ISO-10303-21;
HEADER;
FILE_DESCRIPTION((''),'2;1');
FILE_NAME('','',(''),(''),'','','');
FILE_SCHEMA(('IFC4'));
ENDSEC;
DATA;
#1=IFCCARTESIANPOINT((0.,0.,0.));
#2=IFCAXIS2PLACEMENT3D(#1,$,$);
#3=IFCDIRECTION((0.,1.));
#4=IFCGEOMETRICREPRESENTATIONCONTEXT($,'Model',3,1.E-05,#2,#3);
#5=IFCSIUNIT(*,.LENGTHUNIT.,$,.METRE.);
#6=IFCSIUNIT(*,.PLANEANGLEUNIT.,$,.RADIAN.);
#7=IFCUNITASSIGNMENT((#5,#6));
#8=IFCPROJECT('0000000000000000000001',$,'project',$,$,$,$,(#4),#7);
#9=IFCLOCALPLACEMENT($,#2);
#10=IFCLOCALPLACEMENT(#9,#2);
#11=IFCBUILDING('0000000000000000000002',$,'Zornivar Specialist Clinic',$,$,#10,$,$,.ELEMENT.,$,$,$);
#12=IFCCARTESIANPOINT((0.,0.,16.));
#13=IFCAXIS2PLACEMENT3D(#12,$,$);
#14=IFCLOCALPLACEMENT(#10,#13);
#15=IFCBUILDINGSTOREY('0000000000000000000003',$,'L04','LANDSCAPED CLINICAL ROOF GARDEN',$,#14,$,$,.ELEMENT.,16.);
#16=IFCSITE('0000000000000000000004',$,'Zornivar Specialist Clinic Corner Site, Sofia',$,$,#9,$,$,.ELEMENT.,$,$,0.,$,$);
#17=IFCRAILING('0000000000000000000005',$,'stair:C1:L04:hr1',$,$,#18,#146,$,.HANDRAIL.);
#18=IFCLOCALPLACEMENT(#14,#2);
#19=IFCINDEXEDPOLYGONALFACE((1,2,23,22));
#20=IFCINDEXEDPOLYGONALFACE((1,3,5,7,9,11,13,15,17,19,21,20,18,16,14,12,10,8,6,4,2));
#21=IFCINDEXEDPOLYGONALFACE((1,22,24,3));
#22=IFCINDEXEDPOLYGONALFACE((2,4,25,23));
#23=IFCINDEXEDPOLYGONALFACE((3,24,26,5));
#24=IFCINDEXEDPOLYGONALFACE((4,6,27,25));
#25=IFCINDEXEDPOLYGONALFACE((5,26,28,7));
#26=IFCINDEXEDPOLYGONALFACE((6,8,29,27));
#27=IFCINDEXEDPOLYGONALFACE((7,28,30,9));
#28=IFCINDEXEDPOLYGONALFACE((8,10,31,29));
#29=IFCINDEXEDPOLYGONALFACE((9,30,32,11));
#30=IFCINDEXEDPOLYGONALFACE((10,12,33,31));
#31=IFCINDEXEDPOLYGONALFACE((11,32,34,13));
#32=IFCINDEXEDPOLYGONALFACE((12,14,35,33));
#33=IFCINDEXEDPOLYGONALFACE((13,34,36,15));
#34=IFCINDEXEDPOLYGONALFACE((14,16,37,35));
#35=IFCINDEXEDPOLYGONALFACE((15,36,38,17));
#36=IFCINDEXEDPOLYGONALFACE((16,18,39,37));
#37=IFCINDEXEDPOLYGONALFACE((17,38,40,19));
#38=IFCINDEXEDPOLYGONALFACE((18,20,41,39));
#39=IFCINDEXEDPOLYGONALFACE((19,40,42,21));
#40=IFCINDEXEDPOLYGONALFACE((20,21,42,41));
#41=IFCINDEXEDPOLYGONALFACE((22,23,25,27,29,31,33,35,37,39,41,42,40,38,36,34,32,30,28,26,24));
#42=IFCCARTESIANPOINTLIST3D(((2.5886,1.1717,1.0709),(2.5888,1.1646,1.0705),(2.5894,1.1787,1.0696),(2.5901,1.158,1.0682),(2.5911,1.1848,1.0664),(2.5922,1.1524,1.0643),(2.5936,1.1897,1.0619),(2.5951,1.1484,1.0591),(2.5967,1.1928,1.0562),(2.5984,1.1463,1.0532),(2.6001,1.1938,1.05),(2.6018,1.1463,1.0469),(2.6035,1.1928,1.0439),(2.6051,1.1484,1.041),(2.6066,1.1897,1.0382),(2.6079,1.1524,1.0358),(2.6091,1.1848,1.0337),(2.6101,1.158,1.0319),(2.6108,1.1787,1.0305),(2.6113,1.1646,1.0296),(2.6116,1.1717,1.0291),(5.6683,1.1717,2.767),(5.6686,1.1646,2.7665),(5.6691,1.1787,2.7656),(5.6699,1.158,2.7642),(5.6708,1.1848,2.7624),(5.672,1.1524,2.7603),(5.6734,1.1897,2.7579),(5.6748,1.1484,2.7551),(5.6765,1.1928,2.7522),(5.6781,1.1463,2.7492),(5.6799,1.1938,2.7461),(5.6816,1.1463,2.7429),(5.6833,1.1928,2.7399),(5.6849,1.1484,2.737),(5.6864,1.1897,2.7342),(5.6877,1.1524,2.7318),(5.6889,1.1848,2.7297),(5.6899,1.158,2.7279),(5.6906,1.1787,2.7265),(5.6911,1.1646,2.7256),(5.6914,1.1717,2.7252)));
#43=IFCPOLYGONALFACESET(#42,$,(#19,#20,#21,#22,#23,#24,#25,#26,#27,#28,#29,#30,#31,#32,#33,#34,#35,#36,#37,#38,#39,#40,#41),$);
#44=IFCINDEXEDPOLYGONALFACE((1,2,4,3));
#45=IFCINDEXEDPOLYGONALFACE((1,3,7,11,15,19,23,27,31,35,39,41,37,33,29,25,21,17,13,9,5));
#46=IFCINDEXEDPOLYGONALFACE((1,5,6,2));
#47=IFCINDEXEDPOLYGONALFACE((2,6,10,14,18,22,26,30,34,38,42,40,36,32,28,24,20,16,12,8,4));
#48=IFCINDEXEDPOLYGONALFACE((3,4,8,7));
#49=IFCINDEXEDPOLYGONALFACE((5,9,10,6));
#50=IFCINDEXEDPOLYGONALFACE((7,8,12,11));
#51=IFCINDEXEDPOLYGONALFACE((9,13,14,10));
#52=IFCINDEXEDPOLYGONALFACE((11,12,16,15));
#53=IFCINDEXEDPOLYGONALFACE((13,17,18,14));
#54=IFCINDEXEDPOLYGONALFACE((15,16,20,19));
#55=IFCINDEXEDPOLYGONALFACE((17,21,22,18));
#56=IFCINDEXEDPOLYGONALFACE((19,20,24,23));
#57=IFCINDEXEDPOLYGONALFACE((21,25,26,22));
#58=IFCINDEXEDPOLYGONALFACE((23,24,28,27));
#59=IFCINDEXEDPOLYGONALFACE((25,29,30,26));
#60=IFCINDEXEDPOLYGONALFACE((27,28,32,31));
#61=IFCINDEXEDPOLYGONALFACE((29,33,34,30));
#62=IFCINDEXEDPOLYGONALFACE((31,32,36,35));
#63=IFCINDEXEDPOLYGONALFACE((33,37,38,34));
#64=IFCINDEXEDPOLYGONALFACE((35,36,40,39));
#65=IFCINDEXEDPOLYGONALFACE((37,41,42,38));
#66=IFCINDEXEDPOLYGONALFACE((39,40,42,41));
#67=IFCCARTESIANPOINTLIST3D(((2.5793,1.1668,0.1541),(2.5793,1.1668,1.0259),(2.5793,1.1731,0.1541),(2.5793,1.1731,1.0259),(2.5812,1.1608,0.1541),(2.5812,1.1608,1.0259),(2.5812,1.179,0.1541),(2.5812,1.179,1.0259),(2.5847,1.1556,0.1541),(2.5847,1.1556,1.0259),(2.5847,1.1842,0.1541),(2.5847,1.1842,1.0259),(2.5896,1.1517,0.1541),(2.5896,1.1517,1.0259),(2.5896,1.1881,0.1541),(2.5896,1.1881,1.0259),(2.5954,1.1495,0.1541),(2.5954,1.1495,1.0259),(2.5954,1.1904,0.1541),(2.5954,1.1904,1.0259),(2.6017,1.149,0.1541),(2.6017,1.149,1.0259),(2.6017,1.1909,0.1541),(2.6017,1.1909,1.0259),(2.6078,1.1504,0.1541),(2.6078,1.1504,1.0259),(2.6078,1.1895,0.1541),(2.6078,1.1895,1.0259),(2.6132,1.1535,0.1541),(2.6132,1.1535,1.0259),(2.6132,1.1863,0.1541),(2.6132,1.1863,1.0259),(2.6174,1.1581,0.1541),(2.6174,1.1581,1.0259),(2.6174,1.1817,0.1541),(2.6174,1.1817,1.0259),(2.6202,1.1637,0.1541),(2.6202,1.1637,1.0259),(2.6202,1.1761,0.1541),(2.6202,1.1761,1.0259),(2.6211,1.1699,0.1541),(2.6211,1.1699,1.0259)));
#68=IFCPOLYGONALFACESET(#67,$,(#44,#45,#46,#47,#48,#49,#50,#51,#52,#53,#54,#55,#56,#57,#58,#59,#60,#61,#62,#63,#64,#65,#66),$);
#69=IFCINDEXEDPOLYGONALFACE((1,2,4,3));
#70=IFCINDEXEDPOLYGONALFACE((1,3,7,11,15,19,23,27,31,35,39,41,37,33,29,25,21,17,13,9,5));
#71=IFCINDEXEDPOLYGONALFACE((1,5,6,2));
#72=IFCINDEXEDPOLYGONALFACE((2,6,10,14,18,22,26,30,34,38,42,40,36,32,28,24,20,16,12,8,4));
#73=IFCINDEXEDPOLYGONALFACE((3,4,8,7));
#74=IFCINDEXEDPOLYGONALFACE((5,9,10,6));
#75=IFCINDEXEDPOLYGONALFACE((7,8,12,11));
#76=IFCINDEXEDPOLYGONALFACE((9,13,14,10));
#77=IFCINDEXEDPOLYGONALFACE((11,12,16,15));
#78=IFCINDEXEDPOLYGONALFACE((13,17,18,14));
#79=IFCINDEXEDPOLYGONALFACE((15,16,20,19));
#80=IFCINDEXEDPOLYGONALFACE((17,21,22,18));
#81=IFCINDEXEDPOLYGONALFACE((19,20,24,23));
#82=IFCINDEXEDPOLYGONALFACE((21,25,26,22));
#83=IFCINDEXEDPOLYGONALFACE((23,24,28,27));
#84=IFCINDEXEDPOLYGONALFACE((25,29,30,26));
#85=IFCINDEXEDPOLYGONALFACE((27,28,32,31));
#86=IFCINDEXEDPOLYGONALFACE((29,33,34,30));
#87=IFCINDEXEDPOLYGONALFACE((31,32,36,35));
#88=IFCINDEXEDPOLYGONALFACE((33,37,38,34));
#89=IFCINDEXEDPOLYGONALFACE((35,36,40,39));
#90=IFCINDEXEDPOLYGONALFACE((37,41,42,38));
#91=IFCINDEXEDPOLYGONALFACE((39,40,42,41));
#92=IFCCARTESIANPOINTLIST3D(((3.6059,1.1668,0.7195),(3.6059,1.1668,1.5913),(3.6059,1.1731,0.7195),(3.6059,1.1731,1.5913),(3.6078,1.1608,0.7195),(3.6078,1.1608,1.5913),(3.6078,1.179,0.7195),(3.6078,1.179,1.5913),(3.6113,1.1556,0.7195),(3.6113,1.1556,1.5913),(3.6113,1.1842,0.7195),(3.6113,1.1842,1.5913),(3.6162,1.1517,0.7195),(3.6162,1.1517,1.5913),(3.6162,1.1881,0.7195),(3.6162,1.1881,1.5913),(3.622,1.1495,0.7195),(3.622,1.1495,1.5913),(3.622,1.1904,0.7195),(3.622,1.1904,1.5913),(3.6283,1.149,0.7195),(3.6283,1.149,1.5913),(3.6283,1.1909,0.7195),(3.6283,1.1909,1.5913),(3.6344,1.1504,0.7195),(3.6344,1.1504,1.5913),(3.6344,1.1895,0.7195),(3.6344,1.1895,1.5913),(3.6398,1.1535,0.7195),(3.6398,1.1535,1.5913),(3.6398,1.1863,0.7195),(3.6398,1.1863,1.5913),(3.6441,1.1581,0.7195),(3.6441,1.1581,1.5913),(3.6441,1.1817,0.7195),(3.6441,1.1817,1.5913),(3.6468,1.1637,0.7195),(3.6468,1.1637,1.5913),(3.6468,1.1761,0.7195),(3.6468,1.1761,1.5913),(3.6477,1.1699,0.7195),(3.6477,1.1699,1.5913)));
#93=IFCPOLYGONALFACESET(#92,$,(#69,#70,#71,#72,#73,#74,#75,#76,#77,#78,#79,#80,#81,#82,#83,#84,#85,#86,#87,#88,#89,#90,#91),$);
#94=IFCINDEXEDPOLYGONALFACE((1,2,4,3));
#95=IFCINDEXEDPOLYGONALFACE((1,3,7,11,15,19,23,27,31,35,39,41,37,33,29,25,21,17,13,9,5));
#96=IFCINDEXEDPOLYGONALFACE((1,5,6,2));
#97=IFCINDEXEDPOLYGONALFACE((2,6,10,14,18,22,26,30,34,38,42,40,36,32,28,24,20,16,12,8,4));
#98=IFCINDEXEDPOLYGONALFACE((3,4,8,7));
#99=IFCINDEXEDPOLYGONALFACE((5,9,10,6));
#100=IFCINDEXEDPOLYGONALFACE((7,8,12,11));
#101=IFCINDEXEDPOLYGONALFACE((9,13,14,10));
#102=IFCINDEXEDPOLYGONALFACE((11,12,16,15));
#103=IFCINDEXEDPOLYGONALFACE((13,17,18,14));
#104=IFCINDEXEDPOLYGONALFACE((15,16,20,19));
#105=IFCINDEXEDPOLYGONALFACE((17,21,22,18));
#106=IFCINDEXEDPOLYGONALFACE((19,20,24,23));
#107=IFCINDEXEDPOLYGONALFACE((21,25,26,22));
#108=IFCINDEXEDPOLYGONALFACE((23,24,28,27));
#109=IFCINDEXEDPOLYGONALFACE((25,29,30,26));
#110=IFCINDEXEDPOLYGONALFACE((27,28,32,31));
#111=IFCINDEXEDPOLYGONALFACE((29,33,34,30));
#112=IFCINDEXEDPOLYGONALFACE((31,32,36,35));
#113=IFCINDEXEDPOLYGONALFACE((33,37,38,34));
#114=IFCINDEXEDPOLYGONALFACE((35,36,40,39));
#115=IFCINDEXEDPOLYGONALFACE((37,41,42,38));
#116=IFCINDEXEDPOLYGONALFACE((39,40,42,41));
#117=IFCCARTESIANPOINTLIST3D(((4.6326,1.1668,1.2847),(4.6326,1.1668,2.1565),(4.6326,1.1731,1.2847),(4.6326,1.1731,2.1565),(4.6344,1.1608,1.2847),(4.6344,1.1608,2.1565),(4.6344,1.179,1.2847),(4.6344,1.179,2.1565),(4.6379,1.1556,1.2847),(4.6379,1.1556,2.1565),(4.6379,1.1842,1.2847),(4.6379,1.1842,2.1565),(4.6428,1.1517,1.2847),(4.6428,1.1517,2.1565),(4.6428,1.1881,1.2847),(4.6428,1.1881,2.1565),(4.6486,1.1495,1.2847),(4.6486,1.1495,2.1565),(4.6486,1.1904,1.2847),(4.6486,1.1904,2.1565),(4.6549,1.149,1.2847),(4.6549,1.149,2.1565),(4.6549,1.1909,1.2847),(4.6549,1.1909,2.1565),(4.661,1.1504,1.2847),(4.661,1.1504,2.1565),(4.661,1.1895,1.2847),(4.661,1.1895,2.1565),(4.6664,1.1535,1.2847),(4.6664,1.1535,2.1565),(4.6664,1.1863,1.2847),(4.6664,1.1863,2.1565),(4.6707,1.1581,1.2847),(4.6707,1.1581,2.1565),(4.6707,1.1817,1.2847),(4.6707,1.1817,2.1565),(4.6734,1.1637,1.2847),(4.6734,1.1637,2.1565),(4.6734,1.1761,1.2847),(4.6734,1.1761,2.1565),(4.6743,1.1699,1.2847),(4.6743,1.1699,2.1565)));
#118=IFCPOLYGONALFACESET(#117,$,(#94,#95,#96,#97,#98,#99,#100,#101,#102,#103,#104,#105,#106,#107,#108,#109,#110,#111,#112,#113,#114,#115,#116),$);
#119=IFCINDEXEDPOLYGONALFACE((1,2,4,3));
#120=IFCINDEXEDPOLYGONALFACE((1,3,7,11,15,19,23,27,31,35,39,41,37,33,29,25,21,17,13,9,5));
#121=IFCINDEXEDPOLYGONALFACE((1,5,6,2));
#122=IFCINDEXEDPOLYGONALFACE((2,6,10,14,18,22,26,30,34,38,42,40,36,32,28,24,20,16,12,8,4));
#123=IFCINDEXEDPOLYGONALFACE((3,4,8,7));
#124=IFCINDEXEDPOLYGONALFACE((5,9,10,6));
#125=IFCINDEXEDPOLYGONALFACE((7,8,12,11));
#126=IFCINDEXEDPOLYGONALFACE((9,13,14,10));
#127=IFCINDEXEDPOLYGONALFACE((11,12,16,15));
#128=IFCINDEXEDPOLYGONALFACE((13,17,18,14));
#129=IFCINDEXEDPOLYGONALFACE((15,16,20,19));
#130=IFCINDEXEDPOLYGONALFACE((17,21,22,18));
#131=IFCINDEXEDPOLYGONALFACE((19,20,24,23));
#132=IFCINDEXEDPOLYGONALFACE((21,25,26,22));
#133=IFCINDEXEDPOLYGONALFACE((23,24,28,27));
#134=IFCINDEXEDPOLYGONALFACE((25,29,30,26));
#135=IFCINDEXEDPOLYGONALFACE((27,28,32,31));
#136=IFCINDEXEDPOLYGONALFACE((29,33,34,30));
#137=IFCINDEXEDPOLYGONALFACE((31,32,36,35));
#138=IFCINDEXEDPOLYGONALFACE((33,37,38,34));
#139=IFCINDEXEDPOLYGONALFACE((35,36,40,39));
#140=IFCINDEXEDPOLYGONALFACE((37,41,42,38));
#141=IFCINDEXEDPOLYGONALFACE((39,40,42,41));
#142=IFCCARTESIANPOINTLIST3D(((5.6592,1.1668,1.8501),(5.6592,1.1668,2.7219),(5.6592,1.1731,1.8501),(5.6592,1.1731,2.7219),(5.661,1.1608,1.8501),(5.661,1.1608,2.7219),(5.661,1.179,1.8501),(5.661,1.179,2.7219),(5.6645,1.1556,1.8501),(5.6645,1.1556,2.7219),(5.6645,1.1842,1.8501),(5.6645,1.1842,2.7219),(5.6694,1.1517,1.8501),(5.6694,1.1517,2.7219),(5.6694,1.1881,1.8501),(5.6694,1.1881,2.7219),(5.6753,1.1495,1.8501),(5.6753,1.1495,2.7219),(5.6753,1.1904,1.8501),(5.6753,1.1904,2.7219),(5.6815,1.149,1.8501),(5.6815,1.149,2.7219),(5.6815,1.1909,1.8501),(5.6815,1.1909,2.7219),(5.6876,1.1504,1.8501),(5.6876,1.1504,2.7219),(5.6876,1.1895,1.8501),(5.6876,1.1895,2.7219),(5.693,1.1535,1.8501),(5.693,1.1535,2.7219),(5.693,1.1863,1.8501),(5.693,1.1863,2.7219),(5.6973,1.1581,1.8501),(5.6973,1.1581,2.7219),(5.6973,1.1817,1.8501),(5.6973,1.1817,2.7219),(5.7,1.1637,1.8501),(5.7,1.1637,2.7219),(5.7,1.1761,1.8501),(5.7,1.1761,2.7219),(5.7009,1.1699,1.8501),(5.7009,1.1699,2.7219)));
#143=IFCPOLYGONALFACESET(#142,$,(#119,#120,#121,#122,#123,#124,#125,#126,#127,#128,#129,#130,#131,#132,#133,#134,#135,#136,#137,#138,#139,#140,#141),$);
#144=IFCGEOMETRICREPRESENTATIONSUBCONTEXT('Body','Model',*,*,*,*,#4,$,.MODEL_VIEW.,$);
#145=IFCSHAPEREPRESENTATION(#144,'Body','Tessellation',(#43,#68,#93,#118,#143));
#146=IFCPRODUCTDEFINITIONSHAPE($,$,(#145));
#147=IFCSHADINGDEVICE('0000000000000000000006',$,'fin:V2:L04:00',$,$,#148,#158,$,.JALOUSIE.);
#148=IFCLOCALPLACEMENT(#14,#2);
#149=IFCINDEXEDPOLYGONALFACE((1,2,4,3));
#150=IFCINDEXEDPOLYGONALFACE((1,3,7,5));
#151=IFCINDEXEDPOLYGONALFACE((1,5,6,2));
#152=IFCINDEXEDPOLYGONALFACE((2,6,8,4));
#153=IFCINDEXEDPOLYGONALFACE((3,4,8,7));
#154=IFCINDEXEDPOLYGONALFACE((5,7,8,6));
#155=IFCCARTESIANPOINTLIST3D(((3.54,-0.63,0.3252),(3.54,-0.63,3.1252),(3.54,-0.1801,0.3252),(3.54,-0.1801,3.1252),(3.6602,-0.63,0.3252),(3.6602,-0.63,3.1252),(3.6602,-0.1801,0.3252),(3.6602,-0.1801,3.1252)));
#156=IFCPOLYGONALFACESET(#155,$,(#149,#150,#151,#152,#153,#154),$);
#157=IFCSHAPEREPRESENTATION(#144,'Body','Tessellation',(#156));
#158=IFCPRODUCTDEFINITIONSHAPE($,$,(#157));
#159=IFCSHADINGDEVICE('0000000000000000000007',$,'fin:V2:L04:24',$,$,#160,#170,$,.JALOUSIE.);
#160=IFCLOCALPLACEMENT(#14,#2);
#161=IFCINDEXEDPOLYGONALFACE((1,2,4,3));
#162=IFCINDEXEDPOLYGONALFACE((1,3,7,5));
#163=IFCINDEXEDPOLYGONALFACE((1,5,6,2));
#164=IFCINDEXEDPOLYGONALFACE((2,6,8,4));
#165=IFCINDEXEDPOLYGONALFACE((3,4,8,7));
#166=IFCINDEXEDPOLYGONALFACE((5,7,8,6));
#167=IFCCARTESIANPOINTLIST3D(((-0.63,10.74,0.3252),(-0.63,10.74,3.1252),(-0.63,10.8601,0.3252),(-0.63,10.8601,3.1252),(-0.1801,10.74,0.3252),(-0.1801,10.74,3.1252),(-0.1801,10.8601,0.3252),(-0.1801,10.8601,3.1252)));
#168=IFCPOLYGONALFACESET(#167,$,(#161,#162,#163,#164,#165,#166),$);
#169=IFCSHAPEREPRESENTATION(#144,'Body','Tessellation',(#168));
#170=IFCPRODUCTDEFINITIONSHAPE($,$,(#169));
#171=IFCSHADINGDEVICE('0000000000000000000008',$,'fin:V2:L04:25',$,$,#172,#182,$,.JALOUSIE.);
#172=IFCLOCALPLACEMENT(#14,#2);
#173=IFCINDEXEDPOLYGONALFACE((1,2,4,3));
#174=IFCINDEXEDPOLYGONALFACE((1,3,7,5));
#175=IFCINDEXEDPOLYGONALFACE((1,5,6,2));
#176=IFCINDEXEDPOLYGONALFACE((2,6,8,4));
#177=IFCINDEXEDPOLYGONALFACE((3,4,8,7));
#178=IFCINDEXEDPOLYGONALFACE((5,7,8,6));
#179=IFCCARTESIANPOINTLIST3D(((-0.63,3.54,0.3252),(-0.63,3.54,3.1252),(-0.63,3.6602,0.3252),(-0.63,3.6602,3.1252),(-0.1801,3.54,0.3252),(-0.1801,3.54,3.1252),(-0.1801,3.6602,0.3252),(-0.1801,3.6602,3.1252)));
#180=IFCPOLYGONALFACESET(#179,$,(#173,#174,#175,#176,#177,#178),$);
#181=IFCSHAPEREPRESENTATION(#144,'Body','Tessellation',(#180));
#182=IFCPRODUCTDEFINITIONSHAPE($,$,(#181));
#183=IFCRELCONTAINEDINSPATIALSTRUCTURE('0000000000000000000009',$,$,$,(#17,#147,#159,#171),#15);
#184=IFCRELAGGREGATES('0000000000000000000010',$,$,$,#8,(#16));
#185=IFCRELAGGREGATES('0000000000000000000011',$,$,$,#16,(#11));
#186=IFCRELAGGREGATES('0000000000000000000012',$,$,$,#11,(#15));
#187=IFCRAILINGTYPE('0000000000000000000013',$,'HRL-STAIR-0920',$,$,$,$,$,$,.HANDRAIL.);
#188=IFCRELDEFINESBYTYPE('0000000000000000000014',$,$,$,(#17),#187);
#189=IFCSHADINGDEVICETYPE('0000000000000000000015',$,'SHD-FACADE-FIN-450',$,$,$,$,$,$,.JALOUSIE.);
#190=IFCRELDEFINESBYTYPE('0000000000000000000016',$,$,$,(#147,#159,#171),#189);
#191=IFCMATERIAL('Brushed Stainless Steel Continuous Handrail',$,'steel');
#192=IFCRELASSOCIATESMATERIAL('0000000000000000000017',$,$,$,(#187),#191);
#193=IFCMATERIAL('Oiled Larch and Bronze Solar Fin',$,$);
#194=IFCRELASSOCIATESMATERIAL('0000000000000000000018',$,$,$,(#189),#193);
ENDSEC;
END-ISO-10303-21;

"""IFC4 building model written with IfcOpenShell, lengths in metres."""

from ifc_helpers import new_model, si_unit, direction, frame, origin, origin_2d, place, context, subcontext, project, spatial, rectangle, circle, extrude, material, type_object, element, save


model = new_model("IFC4")

# Units and contexts
model_context = context("Model", 3, precision=1e-05, world=origin(), true_north=direction((0.0, 1.0)))
body_context = subcontext(model_context, "Body", "Model", "MODEL_VIEW")
ifc_project = project(units=[si_unit("LENGTHUNIT", "METRE"), si_unit("PLANEANGLEUNIT", "RADIAN")], contexts=[model_context])

# Site, building, storey
site_placement = place(None, origin())
site = spatial("IfcSite", under=ifc_project, at=site_placement, Name="Zornivar Specialist Clinic Corner Site, Sofia", CompositionType="ELEMENT", RefElevation=0.0)
building_placement = place(site_placement, origin())
building = spatial("IfcBuilding", under=site, at=building_placement, Name="Zornivar Specialist Clinic", CompositionType="ELEMENT")
storey_placement = place(building_placement, frame((0.0, 0.0, 16.0)))
storey = spatial("IfcBuildingStorey", under=building, at=storey_placement, Name="L04", Description="LANDSCAPED CLINICAL ROOF GARDEN", CompositionType="ELEMENT", Elevation=16.0)

# Railing
ifc_material_1 = material(Name="Brushed Stainless Steel Continuous Handrail", Category="steel")
railing_type_1 = type_object("IfcRailingType", Name="HRL-STAIR-0920", PredefinedType="HANDRAIL", material=ifc_material_1)
railing_1_placement = place(storey_placement, frame((2.6001, 1.1699, 0.1541)))
element("IfcRailing", 1, at=railing_1_placement, inside=storey, type_object=railing_type_1, Name="stair:C1:L04:hr1", PredefinedType="HANDRAIL", context=body_context, shape_type="SweptSolid", body=[
    extrude(circle(Radius=0.0239, at=origin_2d()), frame((0.0, 0.0, 0.896), z_axis=(0.875959, 0.0, 0.482385), x_axis=(0.0, 1.0, 0.0)), (0.0, 0.0, 1.0), 3.5159),
    extrude(circle(Radius=0.021, at=origin_2d()), origin(), (0.0, 0.0, 1.0), 0.8718),
    extrude(circle(Radius=0.021, at=origin_2d()), frame((1.0266, 0.0, 0.5654)), (0.0, 0.0, 1.0), 0.8718),
    extrude(circle(Radius=0.021, at=origin_2d()), frame((2.0532, 0.0, 1.1306)), (0.0, 0.0, 1.0), 0.8718),
    extrude(circle(Radius=0.021, at=origin_2d()), frame((3.0798, 0.0, 1.696)), (0.0, 0.0, 1.0), 0.8718),
])

# Shading devices
ifc_material_2 = material(Name="Oiled Larch and Bronze Solar Fin")
shading_device_type = type_object("IfcShadingDeviceType", Name="SHD-FACADE-FIN-450", PredefinedType="JALOUSIE", material=ifc_material_2)
for number, where, z_axis, x_axis, name in (
    (2, (3.6001, -0.405, 0.3252), (0.0, 0.0, 1.0), (1.0, 0.0, 0.0), "fin:V2:L04:00"),
    (3, (-0.405, 10.8, 0.3252), (0.0, 0.0, 1.0), (0.0, -1.0, 0.0), "fin:V2:L04:24"),
    (4, (-0.405, 3.6001, 0.3252), (0.0, 0.0, 1.0), (0.0, -1.0, 0.0), "fin:V2:L04:25"),
):
    element("IfcShadingDevice", number, at=place(storey_placement, frame(where, z_axis=z_axis, x_axis=x_axis)), inside=storey, type_object=shading_device_type, Name=name, PredefinedType="JALOUSIE", context=body_context, shape_type="SweptSolid", body=[
        extrude(rectangle(XDim=0.1201, YDim=0.45, at=origin_2d()), origin(), (0.0, 0.0, 1.0), 2.8),
    ])

save(model, "model.ifc")
